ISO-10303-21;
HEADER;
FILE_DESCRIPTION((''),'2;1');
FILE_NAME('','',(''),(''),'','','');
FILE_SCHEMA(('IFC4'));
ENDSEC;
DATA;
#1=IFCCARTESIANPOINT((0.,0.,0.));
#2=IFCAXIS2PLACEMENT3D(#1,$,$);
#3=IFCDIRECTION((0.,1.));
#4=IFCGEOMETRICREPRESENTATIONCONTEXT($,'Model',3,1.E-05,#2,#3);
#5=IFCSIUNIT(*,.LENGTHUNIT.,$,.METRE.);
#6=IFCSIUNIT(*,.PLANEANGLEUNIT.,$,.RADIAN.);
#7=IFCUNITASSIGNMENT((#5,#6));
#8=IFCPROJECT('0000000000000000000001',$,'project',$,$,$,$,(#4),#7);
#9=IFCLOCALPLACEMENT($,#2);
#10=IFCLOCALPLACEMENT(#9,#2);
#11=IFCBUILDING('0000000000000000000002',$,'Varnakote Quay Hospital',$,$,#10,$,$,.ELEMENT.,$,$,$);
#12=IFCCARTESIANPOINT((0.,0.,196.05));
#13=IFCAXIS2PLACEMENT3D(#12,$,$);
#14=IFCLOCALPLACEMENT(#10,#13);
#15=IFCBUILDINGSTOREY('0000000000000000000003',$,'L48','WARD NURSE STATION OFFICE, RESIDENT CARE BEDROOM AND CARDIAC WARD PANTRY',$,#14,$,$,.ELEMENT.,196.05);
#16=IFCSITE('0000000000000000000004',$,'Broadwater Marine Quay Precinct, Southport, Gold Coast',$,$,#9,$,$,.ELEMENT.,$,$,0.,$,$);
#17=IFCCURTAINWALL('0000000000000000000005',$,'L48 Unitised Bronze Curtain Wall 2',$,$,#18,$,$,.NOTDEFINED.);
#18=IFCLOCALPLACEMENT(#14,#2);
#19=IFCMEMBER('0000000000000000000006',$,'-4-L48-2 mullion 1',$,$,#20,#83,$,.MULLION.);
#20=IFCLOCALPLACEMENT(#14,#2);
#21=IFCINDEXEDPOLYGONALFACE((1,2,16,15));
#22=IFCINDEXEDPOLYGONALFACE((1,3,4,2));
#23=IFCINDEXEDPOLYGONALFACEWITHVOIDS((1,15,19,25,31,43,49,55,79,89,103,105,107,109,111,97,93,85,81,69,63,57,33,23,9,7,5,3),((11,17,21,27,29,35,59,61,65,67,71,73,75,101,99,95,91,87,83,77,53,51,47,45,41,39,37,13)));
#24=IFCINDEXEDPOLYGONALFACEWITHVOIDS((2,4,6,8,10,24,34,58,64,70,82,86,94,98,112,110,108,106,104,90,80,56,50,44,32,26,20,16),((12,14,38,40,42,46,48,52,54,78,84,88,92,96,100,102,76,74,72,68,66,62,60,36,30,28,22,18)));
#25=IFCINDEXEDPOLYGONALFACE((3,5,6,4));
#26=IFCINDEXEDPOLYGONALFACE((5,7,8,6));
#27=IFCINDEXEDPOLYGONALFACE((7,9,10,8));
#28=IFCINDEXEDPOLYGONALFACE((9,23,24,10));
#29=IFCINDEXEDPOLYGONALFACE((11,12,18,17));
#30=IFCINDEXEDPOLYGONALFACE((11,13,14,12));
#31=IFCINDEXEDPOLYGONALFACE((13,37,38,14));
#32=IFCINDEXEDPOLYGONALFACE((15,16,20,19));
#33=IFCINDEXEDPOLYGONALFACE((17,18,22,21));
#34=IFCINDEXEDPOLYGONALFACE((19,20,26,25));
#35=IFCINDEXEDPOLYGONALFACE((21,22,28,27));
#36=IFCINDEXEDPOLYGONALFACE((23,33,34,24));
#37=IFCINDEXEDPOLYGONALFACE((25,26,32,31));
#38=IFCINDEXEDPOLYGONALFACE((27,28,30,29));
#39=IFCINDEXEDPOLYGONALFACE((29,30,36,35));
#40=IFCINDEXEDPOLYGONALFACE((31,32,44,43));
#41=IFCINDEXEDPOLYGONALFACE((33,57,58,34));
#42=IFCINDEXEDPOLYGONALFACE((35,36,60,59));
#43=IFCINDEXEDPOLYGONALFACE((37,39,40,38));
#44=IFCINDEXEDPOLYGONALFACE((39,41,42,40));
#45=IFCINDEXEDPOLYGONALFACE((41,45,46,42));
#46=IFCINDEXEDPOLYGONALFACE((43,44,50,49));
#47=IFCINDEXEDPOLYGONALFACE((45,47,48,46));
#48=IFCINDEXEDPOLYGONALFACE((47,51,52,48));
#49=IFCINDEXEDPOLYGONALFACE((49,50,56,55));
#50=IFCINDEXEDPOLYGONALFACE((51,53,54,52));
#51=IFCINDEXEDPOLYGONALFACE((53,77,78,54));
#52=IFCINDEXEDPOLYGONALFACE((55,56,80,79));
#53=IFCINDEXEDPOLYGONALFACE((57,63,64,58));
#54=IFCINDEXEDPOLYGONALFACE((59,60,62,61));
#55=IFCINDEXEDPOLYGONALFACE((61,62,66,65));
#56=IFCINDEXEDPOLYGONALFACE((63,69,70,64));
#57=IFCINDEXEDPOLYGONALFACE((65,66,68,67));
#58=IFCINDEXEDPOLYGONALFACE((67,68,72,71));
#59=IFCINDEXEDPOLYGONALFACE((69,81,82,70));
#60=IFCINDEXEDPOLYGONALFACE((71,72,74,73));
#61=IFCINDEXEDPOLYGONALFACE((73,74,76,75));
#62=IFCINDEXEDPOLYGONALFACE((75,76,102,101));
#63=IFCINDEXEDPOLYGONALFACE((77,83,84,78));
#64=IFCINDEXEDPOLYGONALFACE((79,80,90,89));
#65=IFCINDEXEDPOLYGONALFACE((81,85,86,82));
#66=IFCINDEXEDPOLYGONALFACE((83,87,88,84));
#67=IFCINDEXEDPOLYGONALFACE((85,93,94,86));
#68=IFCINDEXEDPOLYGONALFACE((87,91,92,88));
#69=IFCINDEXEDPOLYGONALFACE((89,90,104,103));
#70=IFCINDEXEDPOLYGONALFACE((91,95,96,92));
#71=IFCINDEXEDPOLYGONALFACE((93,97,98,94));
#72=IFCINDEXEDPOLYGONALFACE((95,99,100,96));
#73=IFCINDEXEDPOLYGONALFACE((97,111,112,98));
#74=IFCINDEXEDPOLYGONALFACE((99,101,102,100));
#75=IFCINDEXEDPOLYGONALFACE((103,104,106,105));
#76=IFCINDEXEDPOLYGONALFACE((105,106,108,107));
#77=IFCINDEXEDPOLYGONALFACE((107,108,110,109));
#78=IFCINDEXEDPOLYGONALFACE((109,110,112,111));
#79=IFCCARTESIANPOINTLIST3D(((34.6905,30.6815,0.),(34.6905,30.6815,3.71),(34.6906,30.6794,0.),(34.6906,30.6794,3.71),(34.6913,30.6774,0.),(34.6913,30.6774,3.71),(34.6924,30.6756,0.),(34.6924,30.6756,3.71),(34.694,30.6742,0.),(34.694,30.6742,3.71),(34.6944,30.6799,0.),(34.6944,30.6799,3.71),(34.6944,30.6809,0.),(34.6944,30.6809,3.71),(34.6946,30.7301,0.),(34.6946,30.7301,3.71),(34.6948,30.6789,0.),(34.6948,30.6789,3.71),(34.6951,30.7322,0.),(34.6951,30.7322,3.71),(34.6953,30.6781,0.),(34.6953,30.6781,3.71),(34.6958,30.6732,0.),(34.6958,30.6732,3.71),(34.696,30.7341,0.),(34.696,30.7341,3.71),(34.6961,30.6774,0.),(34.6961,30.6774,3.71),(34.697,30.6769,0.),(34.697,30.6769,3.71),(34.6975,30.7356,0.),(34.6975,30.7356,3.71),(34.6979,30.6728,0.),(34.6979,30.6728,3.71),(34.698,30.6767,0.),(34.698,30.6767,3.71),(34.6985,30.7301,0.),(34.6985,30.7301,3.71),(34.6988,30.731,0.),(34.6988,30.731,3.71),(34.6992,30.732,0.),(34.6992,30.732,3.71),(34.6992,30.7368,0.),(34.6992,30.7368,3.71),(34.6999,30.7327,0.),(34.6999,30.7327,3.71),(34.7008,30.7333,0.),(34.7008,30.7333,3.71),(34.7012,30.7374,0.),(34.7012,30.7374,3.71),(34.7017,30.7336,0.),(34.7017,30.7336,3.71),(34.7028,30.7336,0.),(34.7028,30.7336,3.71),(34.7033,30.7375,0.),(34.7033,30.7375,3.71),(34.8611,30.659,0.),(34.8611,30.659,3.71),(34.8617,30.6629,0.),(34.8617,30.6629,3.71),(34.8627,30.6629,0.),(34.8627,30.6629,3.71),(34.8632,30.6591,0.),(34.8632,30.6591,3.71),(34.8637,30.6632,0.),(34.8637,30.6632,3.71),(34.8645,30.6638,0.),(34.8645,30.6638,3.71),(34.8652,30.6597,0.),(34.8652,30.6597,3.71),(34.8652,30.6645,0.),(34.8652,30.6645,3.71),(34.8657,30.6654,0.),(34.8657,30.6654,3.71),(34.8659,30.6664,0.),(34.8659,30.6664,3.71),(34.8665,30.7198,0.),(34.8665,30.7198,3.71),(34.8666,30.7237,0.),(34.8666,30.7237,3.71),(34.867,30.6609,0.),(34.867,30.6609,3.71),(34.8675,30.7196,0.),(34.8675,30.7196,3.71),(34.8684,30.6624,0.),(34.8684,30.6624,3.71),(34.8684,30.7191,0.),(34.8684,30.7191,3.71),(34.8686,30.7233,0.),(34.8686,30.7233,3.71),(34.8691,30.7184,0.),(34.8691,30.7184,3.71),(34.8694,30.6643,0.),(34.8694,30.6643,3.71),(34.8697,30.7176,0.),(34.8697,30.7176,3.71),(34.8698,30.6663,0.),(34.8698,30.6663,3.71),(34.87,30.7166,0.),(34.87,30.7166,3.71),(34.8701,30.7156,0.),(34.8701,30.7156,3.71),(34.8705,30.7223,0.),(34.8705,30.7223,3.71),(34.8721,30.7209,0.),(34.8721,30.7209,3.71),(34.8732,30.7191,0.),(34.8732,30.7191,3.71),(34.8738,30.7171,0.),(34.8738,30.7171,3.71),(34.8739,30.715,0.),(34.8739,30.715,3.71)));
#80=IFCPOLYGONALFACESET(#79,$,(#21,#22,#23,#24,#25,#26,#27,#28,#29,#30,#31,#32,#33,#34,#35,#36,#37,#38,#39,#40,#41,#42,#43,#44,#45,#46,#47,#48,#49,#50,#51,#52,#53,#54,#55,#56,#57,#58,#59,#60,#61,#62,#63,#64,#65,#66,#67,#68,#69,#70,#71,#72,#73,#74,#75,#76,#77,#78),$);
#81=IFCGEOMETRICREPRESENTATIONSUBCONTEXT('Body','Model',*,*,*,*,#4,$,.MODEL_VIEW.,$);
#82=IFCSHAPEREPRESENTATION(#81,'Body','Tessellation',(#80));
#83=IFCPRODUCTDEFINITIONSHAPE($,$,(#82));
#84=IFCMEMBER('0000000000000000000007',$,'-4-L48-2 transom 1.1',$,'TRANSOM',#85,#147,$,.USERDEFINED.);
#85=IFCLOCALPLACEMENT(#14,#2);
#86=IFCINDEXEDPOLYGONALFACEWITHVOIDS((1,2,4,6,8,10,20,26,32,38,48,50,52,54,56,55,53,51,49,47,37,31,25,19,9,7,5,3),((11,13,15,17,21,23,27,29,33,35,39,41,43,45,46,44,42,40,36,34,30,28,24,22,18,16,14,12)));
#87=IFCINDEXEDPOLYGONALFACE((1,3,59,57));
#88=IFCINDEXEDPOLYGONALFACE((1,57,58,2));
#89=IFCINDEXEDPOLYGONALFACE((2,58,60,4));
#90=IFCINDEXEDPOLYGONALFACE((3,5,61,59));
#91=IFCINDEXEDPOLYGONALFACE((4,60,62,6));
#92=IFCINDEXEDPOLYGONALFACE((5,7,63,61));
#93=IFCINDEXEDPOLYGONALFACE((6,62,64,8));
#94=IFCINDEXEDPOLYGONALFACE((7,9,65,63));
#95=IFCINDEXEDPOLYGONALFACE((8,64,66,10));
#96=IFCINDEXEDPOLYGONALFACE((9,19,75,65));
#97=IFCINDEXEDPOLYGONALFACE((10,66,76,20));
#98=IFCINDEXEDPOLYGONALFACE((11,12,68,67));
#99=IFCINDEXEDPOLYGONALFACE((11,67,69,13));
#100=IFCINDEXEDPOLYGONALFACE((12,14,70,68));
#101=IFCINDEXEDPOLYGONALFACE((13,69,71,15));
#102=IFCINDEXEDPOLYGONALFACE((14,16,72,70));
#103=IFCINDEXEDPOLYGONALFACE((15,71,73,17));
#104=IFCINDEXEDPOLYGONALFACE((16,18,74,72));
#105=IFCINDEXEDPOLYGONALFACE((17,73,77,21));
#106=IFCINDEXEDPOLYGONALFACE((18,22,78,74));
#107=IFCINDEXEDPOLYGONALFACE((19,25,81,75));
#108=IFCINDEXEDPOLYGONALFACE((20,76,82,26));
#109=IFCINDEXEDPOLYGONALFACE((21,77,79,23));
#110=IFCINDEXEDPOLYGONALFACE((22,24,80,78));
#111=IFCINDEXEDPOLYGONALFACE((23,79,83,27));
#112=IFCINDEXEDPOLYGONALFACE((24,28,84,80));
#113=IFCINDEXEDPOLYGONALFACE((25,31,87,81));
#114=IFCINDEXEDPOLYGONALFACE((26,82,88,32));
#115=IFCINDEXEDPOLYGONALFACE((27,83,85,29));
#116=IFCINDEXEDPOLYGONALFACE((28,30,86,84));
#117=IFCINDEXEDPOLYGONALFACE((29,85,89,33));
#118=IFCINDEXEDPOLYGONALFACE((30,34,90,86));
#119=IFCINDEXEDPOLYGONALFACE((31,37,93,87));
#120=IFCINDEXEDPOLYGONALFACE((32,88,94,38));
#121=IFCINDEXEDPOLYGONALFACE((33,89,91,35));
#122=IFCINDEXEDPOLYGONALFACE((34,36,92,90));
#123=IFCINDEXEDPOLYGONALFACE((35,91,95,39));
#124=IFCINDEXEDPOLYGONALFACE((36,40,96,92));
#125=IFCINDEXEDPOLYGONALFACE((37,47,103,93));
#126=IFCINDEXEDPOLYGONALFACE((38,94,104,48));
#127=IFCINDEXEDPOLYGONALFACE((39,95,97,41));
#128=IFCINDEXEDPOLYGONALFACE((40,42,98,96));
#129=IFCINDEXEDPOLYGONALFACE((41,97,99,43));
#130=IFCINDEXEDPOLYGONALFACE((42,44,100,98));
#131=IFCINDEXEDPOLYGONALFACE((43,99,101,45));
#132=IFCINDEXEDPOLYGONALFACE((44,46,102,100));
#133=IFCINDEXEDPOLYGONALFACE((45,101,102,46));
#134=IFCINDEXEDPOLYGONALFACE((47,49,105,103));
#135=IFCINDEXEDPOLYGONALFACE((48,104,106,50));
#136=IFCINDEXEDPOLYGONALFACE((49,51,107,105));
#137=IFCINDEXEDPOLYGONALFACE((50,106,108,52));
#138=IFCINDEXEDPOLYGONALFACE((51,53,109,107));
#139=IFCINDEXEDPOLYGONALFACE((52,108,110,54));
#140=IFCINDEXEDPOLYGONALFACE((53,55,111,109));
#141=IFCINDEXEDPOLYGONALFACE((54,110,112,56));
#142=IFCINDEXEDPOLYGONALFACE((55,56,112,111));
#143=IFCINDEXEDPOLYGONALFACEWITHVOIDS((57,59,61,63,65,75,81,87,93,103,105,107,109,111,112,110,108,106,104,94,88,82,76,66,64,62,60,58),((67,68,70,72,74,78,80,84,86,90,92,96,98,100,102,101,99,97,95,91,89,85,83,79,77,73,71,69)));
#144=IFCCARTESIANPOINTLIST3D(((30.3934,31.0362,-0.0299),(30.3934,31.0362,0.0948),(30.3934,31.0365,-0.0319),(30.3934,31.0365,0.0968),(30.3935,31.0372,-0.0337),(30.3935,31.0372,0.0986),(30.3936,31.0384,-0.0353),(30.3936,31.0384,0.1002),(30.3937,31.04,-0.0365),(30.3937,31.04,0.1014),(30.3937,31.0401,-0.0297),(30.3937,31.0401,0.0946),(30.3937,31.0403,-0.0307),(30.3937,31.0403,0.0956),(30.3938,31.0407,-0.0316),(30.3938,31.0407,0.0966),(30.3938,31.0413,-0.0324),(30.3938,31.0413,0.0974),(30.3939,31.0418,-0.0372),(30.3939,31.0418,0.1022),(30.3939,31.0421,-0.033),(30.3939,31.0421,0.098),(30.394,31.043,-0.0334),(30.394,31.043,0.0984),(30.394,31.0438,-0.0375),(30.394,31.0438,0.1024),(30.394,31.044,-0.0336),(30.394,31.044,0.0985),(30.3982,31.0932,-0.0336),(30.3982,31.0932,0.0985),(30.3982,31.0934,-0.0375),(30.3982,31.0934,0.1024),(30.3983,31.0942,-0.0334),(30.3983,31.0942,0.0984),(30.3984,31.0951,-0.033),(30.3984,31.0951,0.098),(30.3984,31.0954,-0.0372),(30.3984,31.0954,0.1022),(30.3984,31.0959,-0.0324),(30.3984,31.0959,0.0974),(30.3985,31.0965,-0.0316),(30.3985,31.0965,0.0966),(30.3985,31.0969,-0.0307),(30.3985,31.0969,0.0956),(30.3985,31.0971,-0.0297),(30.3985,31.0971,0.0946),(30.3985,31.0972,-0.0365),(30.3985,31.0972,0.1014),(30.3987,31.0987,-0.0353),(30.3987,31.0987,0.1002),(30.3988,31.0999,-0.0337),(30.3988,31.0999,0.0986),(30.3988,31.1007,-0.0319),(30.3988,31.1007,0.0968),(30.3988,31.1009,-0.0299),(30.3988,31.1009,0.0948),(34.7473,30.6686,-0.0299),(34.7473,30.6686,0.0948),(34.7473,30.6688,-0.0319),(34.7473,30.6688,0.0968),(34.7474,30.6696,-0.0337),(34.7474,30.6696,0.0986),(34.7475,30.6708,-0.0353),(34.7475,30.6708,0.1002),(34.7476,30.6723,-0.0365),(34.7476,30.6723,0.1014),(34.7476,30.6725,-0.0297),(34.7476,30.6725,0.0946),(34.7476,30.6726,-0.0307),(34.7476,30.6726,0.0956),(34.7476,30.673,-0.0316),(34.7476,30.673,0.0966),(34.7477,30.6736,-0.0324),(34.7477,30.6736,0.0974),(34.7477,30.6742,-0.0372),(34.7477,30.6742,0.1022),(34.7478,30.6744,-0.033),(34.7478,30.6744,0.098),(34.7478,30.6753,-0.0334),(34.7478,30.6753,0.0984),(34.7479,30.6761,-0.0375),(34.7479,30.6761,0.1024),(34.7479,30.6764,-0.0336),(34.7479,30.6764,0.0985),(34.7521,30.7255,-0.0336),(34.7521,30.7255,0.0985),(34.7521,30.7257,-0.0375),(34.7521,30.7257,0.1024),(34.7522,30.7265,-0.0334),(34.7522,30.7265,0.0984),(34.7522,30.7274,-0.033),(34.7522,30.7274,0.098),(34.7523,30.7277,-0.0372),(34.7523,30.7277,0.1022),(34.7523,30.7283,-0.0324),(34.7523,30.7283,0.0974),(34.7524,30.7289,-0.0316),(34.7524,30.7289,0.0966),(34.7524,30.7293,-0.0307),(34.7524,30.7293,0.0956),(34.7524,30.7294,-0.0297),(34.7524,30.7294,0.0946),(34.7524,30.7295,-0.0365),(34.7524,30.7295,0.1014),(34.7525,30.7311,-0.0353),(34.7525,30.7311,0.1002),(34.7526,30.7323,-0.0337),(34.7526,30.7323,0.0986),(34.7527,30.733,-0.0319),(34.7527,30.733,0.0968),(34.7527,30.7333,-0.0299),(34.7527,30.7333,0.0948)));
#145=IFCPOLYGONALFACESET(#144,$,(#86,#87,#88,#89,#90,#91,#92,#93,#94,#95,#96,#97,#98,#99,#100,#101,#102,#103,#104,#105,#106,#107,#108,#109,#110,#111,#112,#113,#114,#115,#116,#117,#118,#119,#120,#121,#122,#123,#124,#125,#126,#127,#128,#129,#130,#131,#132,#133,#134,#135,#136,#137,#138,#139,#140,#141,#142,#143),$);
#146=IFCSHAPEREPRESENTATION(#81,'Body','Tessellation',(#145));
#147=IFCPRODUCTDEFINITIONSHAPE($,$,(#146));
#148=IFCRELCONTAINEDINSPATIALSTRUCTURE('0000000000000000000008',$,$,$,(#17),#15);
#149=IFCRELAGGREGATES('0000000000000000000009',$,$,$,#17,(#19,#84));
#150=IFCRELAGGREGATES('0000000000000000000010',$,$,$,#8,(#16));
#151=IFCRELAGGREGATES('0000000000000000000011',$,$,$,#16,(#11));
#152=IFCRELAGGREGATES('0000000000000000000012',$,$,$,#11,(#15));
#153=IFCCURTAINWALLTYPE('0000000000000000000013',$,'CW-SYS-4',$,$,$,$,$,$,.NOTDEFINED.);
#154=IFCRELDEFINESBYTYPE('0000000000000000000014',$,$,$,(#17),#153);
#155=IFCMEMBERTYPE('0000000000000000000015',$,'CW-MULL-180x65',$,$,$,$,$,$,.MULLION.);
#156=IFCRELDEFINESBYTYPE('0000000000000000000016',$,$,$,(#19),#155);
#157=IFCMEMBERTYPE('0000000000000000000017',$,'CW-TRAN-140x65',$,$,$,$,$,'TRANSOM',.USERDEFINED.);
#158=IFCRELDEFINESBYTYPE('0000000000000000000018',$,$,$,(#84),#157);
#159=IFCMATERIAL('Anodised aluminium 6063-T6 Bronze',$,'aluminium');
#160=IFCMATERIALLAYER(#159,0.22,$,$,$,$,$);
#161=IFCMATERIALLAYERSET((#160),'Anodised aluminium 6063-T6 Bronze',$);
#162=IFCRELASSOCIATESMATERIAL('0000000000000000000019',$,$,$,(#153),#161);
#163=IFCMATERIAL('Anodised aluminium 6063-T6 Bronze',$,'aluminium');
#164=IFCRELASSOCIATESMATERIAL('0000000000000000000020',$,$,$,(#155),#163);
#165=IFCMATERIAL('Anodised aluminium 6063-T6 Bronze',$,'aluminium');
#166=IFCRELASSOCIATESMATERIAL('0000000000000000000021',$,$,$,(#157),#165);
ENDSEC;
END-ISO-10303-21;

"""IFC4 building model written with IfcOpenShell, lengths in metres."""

from ifc_helpers import new_model, si_unit, direction, frame, origin, origin_2d, place, context, subcontext, project, spatial, hollow_rectangle, extrude, material, layer, layer_set, material_profile, profile_set, type_object, element, aggregate, save


model = new_model("IFC4")

# Units and contexts
model_context = context("Model", 3, precision=1e-05, world=origin(), true_north=direction((0.0, 1.0)))
body_context = subcontext(model_context, "Body", "Model", "MODEL_VIEW")
ifc_project = project(units=[si_unit("LENGTHUNIT", "METRE"), si_unit("PLANEANGLEUNIT", "RADIAN")], contexts=[model_context])

# Site, building, storey
site_placement = place(None, origin())
site = spatial("IfcSite", under=ifc_project, at=site_placement, Name="Broadwater Marine Quay Precinct, Southport, Gold Coast", CompositionType="ELEMENT", RefElevation=0.0)
building_placement = place(site_placement, origin())
building = spatial("IfcBuilding", under=site, at=building_placement, Name="Varnakote Quay Hospital", CompositionType="ELEMENT")
storey_placement = place(building_placement, frame((0.0, 0.0, 196.05)))
storey = spatial("IfcBuildingStorey", under=building, at=storey_placement, Name="L48", Description="WARD NURSE STATION OFFICE, RESIDENT CARE BEDROOM AND CARDIAC WARD PANTRY", CompositionType="ELEMENT", Elevation=196.05)

# Shared definitions
ifc_material_1 = material(Name="Anodised aluminium 6063-T6 Bronze", Category="aluminium")
ifc_layer_1 = layer(ifc_material_1, 0.22)
ifc_layer_set_1 = layer_set([ifc_layer_1], Name="Anodised aluminium 6063-T6 Bronze")
curtain_wall_type = type_object("IfcCurtainWallType", Name="CW-SYS-4", PredefinedType="NOTDEFINED", material=ifc_layer_set_1)
ifc_material_2 = material(Name="Anodised aluminium 6063-T6 Bronze", Category="aluminium")
ifc_material_profile_1 = material_profile(ifc_material_2, hollow_rectangle(XDim=0.0649, YDim=0.1799, WallThickness=0.0039, InnerFilletRadius=0.0039, OuterFilletRadius=0.0081, at=origin_2d()), Name="CW-MULL-180x65")
ifc_profile_set_1 = profile_set([ifc_material_profile_1], Name="Anodised aluminium 6063-T6 Bronze")
member_type_1 = type_object("IfcMemberType", Name="CW-MULL-180x65", PredefinedType="MULLION", material=ifc_profile_set_1)

# Curtain wall, members
curtain_wall_1_placement = place(storey_placement, origin())
curtain_wall_1 = element("IfcCurtainWall", 1, at=curtain_wall_1_placement, inside=storey, type_object=curtain_wall_type, Name="L48 Unitised Bronze Curtain Wall 2", PredefinedType="NOTDEFINED")
member_1_placement = place(storey_placement, frame((34.7822, 30.6982, 0.0), z_axis=(0.0, 0.0, 1.0), x_axis=(-0.084136, -0.996454, 0.0)))
member_1 = element("IfcMember", 2, at=member_1_placement, type_object=member_type_1, Name="-4-L48-2 mullion 1", PredefinedType="MULLION", context=body_context, shape_type="SweptSolid", body=[
    extrude(hollow_rectangle(XDim=0.0649, YDim=0.1799, WallThickness=0.0039, InnerFilletRadius=0.0039, OuterFilletRadius=0.0081, at=origin_2d()), origin(), (0.0, 0.0, 1.0), 3.71),
])
ifc_material_3 = material(Name="Anodised aluminium 6063-T6 Bronze", Category="aluminium")
ifc_material_profile_2 = material_profile(ifc_material_3, hollow_rectangle(XDim=0.0649, YDim=0.1399, WallThickness=0.0039, InnerFilletRadius=0.0039, OuterFilletRadius=0.0076, at=origin_2d()), Name="CW-TRAN-140x65")
ifc_profile_set_2 = profile_set([ifc_material_profile_2], Name="Anodised aluminium 6063-T6 Bronze")
member_type_2 = type_object("IfcMemberType", Name="CW-TRAN-140x65", ElementType="TRANSOM", PredefinedType="USERDEFINED", material=ifc_profile_set_2)
member_2_placement = place(storey_placement, frame((34.75, 30.7009, 0.0325), z_axis=(-0.996453, 0.084146, 0.0), x_axis=(-0.084146, -0.996453, 0.0)))
member_2 = element("IfcMember", 3, at=member_2_placement, type_object=member_type_2, Name="-4-L48-2 transom 1.1", ObjectType="TRANSOM", PredefinedType="USERDEFINED", context=body_context, shape_type="SweptSolid", body=[
    extrude(hollow_rectangle(XDim=0.0649, YDim=0.1399, WallThickness=0.0039, InnerFilletRadius=0.0039, OuterFilletRadius=0.0076, at=origin_2d()), origin(), (0.0, 0.0, 1.0), 4.3694),
])

aggregate(curtain_wall_1, [member_1, member_2])

save(model, "model.ifc")
